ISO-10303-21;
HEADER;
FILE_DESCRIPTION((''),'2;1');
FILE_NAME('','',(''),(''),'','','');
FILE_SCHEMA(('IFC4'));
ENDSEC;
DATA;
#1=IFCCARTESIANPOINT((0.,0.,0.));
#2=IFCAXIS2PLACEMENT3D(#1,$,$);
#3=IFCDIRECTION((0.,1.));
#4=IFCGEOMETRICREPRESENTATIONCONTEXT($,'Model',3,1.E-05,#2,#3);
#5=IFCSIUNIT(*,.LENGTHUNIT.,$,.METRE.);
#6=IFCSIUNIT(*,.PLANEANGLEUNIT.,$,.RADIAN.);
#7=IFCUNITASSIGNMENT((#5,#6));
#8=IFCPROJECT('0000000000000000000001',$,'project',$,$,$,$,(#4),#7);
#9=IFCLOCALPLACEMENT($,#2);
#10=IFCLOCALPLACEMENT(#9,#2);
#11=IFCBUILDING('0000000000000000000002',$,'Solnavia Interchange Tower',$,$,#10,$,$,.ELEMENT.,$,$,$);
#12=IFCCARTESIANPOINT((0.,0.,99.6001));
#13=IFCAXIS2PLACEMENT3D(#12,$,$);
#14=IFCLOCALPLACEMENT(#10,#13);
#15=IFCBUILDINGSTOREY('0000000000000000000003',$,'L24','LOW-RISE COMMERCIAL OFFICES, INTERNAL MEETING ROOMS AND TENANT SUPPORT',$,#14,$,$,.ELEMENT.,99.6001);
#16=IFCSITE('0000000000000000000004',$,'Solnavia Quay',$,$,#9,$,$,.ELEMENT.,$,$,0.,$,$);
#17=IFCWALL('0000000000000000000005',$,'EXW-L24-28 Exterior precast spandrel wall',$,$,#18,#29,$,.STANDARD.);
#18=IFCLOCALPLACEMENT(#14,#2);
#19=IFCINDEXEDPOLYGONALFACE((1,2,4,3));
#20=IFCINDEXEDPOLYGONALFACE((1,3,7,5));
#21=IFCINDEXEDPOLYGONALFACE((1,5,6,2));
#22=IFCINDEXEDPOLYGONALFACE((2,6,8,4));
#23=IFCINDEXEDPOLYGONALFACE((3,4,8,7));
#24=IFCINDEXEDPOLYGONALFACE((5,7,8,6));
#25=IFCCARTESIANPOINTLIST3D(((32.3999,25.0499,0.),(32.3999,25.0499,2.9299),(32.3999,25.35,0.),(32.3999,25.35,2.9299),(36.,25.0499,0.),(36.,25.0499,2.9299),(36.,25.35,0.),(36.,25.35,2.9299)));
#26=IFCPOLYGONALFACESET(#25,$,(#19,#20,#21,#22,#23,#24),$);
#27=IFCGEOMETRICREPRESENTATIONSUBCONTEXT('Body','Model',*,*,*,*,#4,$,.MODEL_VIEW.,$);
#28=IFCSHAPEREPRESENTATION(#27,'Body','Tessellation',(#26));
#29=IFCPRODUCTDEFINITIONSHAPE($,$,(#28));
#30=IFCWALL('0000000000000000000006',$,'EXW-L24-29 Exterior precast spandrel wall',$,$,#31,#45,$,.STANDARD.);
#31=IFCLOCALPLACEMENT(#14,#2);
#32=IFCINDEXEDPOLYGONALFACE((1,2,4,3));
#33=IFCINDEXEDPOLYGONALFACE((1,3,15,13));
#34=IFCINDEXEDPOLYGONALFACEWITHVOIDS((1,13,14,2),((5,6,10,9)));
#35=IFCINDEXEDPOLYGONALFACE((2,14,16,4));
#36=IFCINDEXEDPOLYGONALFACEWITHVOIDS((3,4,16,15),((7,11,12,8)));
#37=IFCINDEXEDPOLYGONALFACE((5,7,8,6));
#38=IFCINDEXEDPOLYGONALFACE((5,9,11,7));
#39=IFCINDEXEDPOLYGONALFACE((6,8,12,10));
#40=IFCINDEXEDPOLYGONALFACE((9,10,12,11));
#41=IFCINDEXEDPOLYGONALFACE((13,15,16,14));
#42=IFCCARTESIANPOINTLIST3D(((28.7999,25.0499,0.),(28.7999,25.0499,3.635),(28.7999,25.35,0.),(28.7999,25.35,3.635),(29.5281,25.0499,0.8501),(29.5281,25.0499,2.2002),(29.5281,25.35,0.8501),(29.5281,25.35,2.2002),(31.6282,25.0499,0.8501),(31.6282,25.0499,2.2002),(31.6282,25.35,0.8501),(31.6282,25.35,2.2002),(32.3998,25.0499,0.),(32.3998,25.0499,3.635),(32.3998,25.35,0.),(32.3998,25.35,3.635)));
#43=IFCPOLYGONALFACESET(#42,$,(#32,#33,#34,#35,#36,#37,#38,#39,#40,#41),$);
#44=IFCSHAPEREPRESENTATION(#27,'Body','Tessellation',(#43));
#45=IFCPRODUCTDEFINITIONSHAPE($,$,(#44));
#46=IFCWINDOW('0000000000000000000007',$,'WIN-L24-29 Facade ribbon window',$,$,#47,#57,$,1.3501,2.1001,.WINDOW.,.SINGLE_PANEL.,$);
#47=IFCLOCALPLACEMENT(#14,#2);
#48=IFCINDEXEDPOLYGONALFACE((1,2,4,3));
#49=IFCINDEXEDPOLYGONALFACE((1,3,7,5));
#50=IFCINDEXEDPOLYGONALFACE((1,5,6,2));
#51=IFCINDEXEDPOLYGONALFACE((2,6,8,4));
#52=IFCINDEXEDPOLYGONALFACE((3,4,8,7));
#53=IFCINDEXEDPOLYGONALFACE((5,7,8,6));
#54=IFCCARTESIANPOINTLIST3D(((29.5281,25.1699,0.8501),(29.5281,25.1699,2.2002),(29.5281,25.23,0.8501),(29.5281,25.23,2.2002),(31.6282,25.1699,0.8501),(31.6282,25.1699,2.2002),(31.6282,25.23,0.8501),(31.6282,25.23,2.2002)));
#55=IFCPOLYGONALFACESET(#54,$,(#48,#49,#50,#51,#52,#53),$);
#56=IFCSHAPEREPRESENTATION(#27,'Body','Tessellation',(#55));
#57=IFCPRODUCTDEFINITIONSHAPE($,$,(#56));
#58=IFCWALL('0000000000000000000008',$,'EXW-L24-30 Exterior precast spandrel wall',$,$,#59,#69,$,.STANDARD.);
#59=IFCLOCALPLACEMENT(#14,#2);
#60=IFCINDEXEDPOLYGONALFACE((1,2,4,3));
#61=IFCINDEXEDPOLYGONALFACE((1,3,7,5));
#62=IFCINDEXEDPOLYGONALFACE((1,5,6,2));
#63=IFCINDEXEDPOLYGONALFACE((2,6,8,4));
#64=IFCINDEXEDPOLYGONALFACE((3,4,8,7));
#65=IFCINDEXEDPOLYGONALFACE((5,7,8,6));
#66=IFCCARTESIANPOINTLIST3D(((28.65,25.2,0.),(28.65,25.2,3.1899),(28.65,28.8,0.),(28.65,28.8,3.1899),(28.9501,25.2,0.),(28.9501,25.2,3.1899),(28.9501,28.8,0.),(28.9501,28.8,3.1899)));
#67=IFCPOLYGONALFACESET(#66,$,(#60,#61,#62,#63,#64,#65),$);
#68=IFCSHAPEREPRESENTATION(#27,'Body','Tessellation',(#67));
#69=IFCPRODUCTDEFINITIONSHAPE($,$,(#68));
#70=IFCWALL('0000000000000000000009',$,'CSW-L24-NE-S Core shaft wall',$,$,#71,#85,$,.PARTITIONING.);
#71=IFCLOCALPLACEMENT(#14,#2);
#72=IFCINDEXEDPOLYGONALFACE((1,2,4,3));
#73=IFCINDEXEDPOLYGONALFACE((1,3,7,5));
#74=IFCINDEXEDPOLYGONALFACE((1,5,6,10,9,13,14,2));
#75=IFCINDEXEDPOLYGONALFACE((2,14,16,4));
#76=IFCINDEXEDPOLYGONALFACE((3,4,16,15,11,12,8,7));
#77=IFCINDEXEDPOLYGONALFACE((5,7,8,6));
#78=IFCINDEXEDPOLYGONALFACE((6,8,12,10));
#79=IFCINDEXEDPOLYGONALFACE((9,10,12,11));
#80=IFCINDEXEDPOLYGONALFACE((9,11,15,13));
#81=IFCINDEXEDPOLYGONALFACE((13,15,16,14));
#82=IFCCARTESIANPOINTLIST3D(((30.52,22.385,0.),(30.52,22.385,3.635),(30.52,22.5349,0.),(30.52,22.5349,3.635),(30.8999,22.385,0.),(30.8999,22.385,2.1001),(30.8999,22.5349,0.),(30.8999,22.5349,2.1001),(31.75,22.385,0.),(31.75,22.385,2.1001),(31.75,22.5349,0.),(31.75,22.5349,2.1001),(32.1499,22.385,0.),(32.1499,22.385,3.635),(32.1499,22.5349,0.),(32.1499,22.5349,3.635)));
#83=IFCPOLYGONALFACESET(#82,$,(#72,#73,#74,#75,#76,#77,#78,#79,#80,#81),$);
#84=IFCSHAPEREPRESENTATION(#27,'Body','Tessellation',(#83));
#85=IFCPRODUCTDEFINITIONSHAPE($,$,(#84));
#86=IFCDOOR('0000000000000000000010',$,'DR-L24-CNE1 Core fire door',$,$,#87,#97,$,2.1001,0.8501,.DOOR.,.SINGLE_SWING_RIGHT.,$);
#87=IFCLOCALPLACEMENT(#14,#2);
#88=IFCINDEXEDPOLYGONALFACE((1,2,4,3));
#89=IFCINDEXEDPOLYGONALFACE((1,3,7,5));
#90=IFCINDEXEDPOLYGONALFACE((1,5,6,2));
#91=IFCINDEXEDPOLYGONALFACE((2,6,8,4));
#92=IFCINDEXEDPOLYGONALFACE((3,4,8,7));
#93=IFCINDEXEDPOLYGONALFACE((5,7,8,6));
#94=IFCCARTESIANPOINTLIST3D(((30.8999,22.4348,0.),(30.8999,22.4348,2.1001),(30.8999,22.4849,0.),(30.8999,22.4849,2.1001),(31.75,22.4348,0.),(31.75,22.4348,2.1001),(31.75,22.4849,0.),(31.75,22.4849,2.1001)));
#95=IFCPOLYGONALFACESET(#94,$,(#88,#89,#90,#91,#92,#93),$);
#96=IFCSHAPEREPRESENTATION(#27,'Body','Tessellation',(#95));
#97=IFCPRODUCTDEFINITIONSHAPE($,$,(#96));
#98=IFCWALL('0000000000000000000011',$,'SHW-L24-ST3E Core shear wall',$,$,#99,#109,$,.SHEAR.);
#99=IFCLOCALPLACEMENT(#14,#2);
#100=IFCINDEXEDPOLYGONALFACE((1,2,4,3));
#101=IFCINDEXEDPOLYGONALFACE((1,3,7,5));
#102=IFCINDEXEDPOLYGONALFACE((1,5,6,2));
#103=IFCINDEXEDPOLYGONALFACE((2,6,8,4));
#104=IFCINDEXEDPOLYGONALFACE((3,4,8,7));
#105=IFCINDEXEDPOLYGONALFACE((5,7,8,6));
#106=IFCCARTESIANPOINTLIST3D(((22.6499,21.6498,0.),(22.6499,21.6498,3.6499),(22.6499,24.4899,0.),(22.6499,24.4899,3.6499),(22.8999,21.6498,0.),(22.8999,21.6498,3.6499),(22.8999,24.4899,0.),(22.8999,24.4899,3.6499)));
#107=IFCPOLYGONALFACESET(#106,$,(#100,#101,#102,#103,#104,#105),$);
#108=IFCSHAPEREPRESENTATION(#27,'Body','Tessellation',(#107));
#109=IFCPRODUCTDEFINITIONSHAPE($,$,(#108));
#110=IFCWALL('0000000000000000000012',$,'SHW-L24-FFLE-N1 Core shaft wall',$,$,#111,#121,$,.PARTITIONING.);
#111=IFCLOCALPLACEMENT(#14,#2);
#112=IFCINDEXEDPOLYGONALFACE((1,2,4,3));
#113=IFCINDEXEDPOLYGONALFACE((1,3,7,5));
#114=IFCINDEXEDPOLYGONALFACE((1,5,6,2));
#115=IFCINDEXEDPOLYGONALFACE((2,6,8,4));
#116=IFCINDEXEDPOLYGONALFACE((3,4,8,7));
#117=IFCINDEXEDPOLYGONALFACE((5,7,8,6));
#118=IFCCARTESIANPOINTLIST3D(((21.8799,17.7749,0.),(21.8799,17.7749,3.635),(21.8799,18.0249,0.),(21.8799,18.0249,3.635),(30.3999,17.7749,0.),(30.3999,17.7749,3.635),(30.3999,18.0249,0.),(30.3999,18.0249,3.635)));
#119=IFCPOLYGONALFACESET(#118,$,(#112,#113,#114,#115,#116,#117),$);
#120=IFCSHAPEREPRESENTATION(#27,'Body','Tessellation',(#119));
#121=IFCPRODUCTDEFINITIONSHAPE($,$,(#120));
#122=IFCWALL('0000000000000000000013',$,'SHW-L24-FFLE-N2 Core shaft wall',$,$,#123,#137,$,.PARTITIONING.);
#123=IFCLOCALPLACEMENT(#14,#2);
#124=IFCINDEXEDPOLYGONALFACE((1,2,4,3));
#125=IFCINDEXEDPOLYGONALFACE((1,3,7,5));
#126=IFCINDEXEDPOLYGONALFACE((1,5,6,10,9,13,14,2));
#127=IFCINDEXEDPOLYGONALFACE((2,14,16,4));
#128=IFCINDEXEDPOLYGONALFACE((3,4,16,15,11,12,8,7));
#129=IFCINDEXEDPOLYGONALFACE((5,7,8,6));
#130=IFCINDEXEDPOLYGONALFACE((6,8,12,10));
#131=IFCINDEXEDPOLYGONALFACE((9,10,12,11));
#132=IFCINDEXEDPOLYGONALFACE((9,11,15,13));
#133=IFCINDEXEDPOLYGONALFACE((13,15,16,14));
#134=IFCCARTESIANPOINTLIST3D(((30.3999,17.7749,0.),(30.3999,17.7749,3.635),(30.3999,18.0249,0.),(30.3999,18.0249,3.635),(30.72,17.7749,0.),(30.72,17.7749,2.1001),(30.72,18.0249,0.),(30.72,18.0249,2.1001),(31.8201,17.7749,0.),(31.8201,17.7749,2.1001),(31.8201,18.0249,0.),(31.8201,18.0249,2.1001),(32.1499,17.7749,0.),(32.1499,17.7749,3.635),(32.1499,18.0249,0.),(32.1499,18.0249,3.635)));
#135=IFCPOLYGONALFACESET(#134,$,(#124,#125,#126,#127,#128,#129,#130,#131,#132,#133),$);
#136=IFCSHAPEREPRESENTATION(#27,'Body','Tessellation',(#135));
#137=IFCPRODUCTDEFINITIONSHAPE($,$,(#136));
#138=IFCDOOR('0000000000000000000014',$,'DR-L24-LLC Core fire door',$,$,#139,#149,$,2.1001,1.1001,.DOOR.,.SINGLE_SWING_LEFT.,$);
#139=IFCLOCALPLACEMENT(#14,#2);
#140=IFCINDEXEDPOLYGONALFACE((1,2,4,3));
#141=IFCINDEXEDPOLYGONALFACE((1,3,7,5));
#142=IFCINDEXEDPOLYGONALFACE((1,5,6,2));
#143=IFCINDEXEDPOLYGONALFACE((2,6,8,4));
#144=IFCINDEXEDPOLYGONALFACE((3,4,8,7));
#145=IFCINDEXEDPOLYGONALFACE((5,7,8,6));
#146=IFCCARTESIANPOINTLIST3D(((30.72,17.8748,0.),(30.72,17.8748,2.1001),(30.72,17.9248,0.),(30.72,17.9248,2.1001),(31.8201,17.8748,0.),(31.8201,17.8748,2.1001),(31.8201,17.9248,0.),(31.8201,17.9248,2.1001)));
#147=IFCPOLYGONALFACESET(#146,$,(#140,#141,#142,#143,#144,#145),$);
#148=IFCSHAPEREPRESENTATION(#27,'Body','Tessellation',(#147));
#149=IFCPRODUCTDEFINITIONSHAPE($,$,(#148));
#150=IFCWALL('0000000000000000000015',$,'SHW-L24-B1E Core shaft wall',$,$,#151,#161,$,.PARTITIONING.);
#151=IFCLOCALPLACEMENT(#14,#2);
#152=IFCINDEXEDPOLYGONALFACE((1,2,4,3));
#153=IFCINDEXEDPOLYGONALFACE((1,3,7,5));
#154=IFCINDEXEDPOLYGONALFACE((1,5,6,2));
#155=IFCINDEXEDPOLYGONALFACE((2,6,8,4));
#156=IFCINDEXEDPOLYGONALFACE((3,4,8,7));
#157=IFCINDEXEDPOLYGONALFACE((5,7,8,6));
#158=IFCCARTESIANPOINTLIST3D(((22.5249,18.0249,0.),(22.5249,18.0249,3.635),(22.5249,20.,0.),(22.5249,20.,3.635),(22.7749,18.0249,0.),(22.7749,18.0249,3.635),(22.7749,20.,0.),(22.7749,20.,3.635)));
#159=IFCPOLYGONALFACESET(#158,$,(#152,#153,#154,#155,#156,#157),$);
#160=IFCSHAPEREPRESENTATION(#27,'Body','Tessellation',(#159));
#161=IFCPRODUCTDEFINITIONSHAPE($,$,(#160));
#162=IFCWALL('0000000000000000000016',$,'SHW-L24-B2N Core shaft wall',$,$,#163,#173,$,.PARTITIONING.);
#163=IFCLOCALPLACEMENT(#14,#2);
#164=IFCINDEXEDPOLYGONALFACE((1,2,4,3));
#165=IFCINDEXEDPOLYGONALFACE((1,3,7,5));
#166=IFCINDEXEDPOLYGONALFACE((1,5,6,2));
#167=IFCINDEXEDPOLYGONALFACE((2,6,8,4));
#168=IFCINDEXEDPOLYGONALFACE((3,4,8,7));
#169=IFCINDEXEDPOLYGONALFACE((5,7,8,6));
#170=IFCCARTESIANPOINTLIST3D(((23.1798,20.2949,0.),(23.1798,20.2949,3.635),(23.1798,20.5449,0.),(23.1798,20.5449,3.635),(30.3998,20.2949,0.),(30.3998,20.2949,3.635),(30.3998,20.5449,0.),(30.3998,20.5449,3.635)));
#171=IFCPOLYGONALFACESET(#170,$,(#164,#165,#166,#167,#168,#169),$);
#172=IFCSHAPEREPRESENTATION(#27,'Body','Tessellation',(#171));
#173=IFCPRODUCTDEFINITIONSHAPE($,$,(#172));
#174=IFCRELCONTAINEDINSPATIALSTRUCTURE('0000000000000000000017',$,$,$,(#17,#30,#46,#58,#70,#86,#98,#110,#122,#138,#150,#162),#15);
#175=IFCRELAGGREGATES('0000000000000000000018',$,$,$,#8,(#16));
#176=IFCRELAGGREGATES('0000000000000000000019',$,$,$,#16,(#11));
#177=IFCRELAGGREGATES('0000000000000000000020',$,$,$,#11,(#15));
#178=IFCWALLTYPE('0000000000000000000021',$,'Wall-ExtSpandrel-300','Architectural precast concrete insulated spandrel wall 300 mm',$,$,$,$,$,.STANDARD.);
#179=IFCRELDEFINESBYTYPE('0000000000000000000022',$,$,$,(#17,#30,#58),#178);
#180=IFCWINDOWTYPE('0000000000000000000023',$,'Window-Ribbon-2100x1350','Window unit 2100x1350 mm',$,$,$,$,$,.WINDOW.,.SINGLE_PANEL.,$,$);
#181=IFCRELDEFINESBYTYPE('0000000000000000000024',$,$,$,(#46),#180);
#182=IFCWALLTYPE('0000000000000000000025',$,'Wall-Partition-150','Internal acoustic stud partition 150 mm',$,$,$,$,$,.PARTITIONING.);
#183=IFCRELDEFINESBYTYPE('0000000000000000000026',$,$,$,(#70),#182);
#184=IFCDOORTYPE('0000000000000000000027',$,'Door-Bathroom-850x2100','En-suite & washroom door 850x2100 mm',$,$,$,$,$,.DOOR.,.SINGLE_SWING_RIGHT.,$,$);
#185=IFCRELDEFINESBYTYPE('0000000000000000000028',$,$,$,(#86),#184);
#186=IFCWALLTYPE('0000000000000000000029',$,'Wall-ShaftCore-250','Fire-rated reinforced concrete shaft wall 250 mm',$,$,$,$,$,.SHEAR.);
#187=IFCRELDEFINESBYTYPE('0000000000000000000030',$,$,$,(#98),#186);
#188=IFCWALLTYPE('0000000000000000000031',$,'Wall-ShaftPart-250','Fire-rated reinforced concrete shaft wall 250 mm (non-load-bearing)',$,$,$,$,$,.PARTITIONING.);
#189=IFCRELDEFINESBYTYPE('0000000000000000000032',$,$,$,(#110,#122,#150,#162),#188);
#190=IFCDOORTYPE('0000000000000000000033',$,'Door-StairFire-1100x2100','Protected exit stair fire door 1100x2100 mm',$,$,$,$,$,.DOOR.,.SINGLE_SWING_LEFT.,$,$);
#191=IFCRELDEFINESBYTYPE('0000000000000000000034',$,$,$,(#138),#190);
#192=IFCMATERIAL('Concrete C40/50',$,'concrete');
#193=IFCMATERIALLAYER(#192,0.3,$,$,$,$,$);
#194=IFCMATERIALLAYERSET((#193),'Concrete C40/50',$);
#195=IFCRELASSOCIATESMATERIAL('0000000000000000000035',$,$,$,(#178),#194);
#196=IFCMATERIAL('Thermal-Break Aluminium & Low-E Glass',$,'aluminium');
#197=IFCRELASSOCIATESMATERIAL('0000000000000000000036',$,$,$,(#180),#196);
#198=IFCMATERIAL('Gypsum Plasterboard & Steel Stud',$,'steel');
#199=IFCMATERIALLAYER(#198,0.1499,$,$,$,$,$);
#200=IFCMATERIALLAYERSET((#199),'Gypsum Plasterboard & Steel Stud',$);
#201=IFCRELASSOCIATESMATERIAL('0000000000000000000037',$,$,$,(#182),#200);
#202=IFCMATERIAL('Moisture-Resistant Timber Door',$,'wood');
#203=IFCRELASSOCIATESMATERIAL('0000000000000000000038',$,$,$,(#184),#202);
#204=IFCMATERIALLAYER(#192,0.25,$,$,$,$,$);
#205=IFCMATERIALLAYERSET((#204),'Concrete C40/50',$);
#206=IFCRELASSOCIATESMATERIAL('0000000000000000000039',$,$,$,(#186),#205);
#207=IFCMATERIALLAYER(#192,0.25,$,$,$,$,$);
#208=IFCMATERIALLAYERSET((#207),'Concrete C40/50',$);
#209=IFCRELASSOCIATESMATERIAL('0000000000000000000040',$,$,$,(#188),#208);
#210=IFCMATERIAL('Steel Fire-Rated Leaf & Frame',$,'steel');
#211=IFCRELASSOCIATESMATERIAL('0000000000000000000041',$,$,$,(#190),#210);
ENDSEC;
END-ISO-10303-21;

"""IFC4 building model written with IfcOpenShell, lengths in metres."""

from ifc_helpers import new_model, si_unit, direction, frame, frame_2d, origin, place, context, subcontext, project, spatial, rectangle, extrude, material, layer, layer_set, type_object, element, fill, save


model = new_model("IFC4")

# Units and contexts
model_context = context("Model", 3, precision=1e-05, world=origin(), true_north=direction((0.0, 1.0)))
body_context = subcontext(model_context, "Body", "Model", "MODEL_VIEW")
ifc_project = project(units=[si_unit("LENGTHUNIT", "METRE"), si_unit("PLANEANGLEUNIT", "RADIAN")], contexts=[model_context])

# Site, building, storey
site_placement = place(None, origin())
site = spatial("IfcSite", under=ifc_project, at=site_placement, Name="Solnavia Quay", CompositionType="ELEMENT", RefElevation=0.0)
building_placement = place(site_placement, origin())
building = spatial("IfcBuilding", under=site, at=building_placement, Name="Solnavia Interchange Tower", CompositionType="ELEMENT")
storey_placement = place(building_placement, frame((0.0, 0.0, 99.6001)))
storey = spatial("IfcBuildingStorey", under=building, at=storey_placement, Name="L24", Description="LOW-RISE COMMERCIAL OFFICES, INTERNAL MEETING ROOMS AND TENANT SUPPORT", CompositionType="ELEMENT", Elevation=99.6001)

# Wall
ifc_material_1 = material(Name="Concrete C40/50", Category="concrete")
ifc_layer_1 = layer(ifc_material_1, 0.3)
ifc_layer_set_1 = layer_set([ifc_layer_1], Name="Concrete C40/50")
wall_type_1 = type_object("IfcWallType", Name="Wall-ExtSpandrel-300", Description="Architectural precast concrete insulated spandrel wall 300 mm", PredefinedType="STANDARD", material=ifc_layer_set_1)
wall_1_placement = place(storey_placement, frame((32.3999, 25.2, 0.0), z_axis=(0.0, 0.0, 1.0), x_axis=(1.0, 0.0, 0.0)))
element("IfcWall", 1, at=wall_1_placement, inside=storey, type_object=wall_type_1, Name="EXW-L24-28 Exterior precast spandrel wall", PredefinedType="STANDARD", context=body_context, shape_type="SweptSolid", body=[
    extrude(rectangle(XDim=3.6001, YDim=0.3, at=frame_2d((1.8, 0.0))), origin(), (0.0, 0.0, 1.0), 2.9299),
])

# Wall, opening, window
wall_2_placement = place(storey_placement, frame((28.8, 25.2, 0.0), z_axis=(0.0, 0.0, 1.0), x_axis=(1.0, 0.0, 0.0)))
wall_2 = element("IfcWall", 2, at=wall_2_placement, inside=storey, type_object=wall_type_1, Name="EXW-L24-29 Exterior precast spandrel wall", PredefinedType="STANDARD", context=body_context, shape_type="SweptSolid", body=[
    extrude(rectangle(XDim=3.5999, YDim=0.3, at=frame_2d((1.7998, 0.0))), origin(), (0.0, 0.0, 1.0), 3.635),
])
opening_1_placement = place(wall_2_placement, frame((0.728, 0.0, 0.8501)))
opening_1 = element("IfcOpeningElement", 3, at=opening_1_placement, cuts=wall_2, PredefinedType="OPENING", context=body_context, shape_type="SweptSolid", body=[
    extrude(rectangle(XDim=2.1001, YDim=1.3501, at=frame_2d((1.05, 0.675))), frame((0.0, 0.1602, 0.0), z_axis=(0.0, -1.0, 0.0), x_axis=(1.0, 0.0, 0.0)), (0.0, 0.0, 1.0), 0.3201),
])
ifc_material_2 = material(Name="Thermal-Break Aluminium & Low-E Glass", Category="aluminium")
window_type = type_object("IfcWindowType", Name="Window-Ribbon-2100x1350", Description="Window unit 2100x1350 mm", PartitioningType="SINGLE_PANEL", PredefinedType="WINDOW", material=ifc_material_2)
window_placement = place(opening_1_placement, origin())
window = element("IfcWindow", 4, at=window_placement, inside=storey, type_object=window_type, Name="WIN-L24-29 Facade ribbon window", OverallHeight=1.3501, OverallWidth=2.1001, PartitioningType="SINGLE_PANEL", PredefinedType="WINDOW", context=body_context, shape_type="SweptSolid", body=[
    extrude(rectangle(XDim=2.1001, YDim=1.3501, at=frame_2d((1.05, 0.675))), frame((0.0, 0.03, 0.0), z_axis=(0.0, -1.0, 0.0), x_axis=(1.0, 0.0, 0.0)), (0.0, 0.0, 1.0), 0.0601),
])
fill(opening_1, window)

# Wall
wall_3_placement = place(storey_placement, frame((28.8, 28.8, 0.0), z_axis=(0.0, 0.0, 1.0), x_axis=(0.0, -1.0, 0.0)))
element("IfcWall", 5, at=wall_3_placement, inside=storey, type_object=wall_type_1, Name="EXW-L24-30 Exterior precast spandrel wall", PredefinedType="STANDARD", context=body_context, shape_type="SweptSolid", body=[
    extrude(rectangle(XDim=3.6001, YDim=0.3, at=frame_2d((1.8, 0.0))), origin(), (0.0, 0.0, 1.0), 3.1899),
])

# Wall, opening, door
ifc_material_3 = material(Name="Gypsum Plasterboard & Steel Stud", Category="steel")
ifc_layer_2 = layer(ifc_material_3, 0.1499)
ifc_layer_set_2 = layer_set([ifc_layer_2], Name="Gypsum Plasterboard & Steel Stud")
wall_type_2 = type_object("IfcWallType", Name="Wall-Partition-150", Description="Internal acoustic stud partition 150 mm", PredefinedType="PARTITIONING", material=ifc_layer_set_2)
wall_4_placement = place(storey_placement, frame((30.52, 22.46, 0.0), z_axis=(0.0, 0.0, 1.0), x_axis=(1.0, 0.0, 0.0)))
wall_4 = element("IfcWall", 6, at=wall_4_placement, inside=storey, type_object=wall_type_2, Name="CSW-L24-NE-S Core shaft wall", PredefinedType="PARTITIONING", context=body_context, shape_type="SweptSolid", body=[
    extrude(rectangle(XDim=1.6299, YDim=0.1499, at=frame_2d((0.8149, 0.0))), origin(), (0.0, 0.0, 1.0), 3.635),
])
opening_2_placement = place(wall_4_placement, frame((0.3799, 0.0, 0.0)))
opening_2 = element("IfcOpeningElement", 7, at=opening_2_placement, cuts=wall_4, PredefinedType="OPENING", context=body_context, shape_type="SweptSolid", body=[
    extrude(rectangle(XDim=0.8501, YDim=2.1001, at=frame_2d((0.425, 1.05))), frame((0.0, 0.085, 0.0), z_axis=(0.0, -1.0, 0.0), x_axis=(1.0, 0.0, 0.0)), (0.0, 0.0, 1.0), 0.1699),
])
ifc_material_4 = material(Name="Moisture-Resistant Timber Door", Category="wood")
door_type_1 = type_object("IfcDoorType", Name="Door-Bathroom-850x2100", Description="En-suite & washroom door 850x2100 mm", OperationType="SINGLE_SWING_RIGHT", PredefinedType="DOOR", material=ifc_material_4)
door_1_placement = place(opening_2_placement, origin())
door_1 = element("IfcDoor", 8, at=door_1_placement, inside=storey, type_object=door_type_1, Name="DR-L24-CNE1 Core fire door", OperationType="SINGLE_SWING_RIGHT", OverallHeight=2.1001, OverallWidth=0.8501, PredefinedType="DOOR", context=body_context, shape_type="SweptSolid", body=[
    extrude(rectangle(XDim=0.8501, YDim=2.1001, at=frame_2d((0.425, 1.05))), frame((0.0, 0.0249, 0.0), z_axis=(0.0, -1.0, 0.0), x_axis=(1.0, 0.0, 0.0)), (0.0, 0.0, 1.0), 0.05),
])
fill(opening_2, door_1)

# Walls
ifc_layer_3 = layer(ifc_material_1, 0.25)
ifc_layer_set_3 = layer_set([ifc_layer_3], Name="Concrete C40/50")
wall_type_3 = type_object("IfcWallType", Name="Wall-ShaftCore-250", Description="Fire-rated reinforced concrete shaft wall 250 mm", PredefinedType="SHEAR", material=ifc_layer_set_3)
wall_5_placement = place(storey_placement, frame((22.7749, 21.6499, 0.0), z_axis=(0.0, 0.0, 1.0), x_axis=(0.0, 1.0, 0.0)))
element("IfcWall", 9, at=wall_5_placement, inside=storey, type_object=wall_type_3, Name="SHW-L24-ST3E Core shear wall", PredefinedType="SHEAR", context=body_context, shape_type="SweptSolid", body=[
    extrude(rectangle(XDim=2.8401, YDim=0.25, at=frame_2d((1.4199, 0.0))), origin(), (0.0, 0.0, 1.0), 3.6499),
])
ifc_layer_4 = layer(ifc_material_1, 0.25)
ifc_layer_set_4 = layer_set([ifc_layer_4], Name="Concrete C40/50")
wall_type_4 = type_object("IfcWallType", Name="Wall-ShaftPart-250", Description="Fire-rated reinforced concrete shaft wall 250 mm (non-load-bearing)", PredefinedType="PARTITIONING", material=ifc_layer_set_4)
wall_6_placement = place(storey_placement, frame((21.8799, 17.8999, 0.0), z_axis=(0.0, 0.0, 1.0), x_axis=(1.0, 0.0, 0.0)))
element("IfcWall", 10, at=wall_6_placement, inside=storey, type_object=wall_type_4, Name="SHW-L24-FFLE-N1 Core shaft wall", PredefinedType="PARTITIONING", context=body_context, shape_type="SweptSolid", body=[
    extrude(rectangle(XDim=8.52, YDim=0.25, at=frame_2d((4.26, 0.0))), origin(), (0.0, 0.0, 1.0), 3.635),
])

# Wall, opening, door
wall_7_placement = place(storey_placement, frame((30.3999, 17.8999, 0.0), z_axis=(0.0, 0.0, 1.0), x_axis=(1.0, 0.0, 0.0)))
wall_7 = element("IfcWall", 11, at=wall_7_placement, inside=storey, type_object=wall_type_4, Name="SHW-L24-FFLE-N2 Core shaft wall", PredefinedType="PARTITIONING", context=body_context, shape_type="SweptSolid", body=[
    extrude(rectangle(XDim=1.75, YDim=0.25, at=frame_2d((0.875, 0.0))), origin(), (0.0, 0.0, 1.0), 3.635),
])
opening_3_placement = place(wall_7_placement, frame((0.3201, 0.0, 0.0)))
opening_3 = element("IfcOpeningElement", 12, at=opening_3_placement, cuts=wall_7, PredefinedType="OPENING", context=body_context, shape_type="SweptSolid", body=[
    extrude(rectangle(XDim=1.1001, YDim=2.1001, at=frame_2d((0.55, 1.05))), frame((0.0, 0.135, 0.0), z_axis=(0.0, -1.0, 0.0), x_axis=(1.0, 0.0, 0.0)), (0.0, 0.0, 1.0), 0.27),
])
ifc_material_5 = material(Name="Steel Fire-Rated Leaf & Frame", Category="steel")
door_type_2 = type_object("IfcDoorType", Name="Door-StairFire-1100x2100", Description="Protected exit stair fire door 1100x2100 mm", OperationType="SINGLE_SWING_LEFT", PredefinedType="DOOR", material=ifc_material_5)
door_2_placement = place(opening_3_placement, origin())
door_2 = element("IfcDoor", 13, at=door_2_placement, inside=storey, type_object=door_type_2, Name="DR-L24-LLC Core fire door", OperationType="SINGLE_SWING_LEFT", OverallHeight=2.1001, OverallWidth=1.1001, PredefinedType="DOOR", context=body_context, shape_type="SweptSolid", body=[
    extrude(rectangle(XDim=1.1001, YDim=2.1001, at=frame_2d((0.55, 1.05))), frame((0.0, 0.0249, 0.0), z_axis=(0.0, -1.0, 0.0), x_axis=(1.0, 0.0, 0.0)), (0.0, 0.0, 1.0), 0.05),
])
fill(opening_3, door_2)

# Walls
wall_8_placement = place(storey_placement, frame((22.6499, 18.0249, 0.0), z_axis=(0.0, 0.0, 1.0), x_axis=(0.0, 1.0, 0.0)))
element("IfcWall", 14, at=wall_8_placement, inside=storey, type_object=wall_type_4, Name="SHW-L24-B1E Core shaft wall", PredefinedType="PARTITIONING", context=body_context, shape_type="SweptSolid", body=[
    extrude(rectangle(XDim=1.9751, YDim=0.25, at=frame_2d((0.9875, 0.0))), origin(), (0.0, 0.0, 1.0), 3.635),
])
wall_9_placement = place(storey_placement, frame((23.1799, 20.4199, 0.0), z_axis=(0.0, 0.0, 1.0), x_axis=(1.0, 0.0, 0.0)))
element("IfcWall", 15, at=wall_9_placement, inside=storey, type_object=wall_type_4, Name="SHW-L24-B2N Core shaft wall", PredefinedType="PARTITIONING", context=body_context, shape_type="SweptSolid", body=[
    extrude(rectangle(XDim=7.22, YDim=0.25, at=frame_2d((3.6099, 0.0))), origin(), (0.0, 0.0, 1.0), 3.635),
])

save(model, "model.ifc")
